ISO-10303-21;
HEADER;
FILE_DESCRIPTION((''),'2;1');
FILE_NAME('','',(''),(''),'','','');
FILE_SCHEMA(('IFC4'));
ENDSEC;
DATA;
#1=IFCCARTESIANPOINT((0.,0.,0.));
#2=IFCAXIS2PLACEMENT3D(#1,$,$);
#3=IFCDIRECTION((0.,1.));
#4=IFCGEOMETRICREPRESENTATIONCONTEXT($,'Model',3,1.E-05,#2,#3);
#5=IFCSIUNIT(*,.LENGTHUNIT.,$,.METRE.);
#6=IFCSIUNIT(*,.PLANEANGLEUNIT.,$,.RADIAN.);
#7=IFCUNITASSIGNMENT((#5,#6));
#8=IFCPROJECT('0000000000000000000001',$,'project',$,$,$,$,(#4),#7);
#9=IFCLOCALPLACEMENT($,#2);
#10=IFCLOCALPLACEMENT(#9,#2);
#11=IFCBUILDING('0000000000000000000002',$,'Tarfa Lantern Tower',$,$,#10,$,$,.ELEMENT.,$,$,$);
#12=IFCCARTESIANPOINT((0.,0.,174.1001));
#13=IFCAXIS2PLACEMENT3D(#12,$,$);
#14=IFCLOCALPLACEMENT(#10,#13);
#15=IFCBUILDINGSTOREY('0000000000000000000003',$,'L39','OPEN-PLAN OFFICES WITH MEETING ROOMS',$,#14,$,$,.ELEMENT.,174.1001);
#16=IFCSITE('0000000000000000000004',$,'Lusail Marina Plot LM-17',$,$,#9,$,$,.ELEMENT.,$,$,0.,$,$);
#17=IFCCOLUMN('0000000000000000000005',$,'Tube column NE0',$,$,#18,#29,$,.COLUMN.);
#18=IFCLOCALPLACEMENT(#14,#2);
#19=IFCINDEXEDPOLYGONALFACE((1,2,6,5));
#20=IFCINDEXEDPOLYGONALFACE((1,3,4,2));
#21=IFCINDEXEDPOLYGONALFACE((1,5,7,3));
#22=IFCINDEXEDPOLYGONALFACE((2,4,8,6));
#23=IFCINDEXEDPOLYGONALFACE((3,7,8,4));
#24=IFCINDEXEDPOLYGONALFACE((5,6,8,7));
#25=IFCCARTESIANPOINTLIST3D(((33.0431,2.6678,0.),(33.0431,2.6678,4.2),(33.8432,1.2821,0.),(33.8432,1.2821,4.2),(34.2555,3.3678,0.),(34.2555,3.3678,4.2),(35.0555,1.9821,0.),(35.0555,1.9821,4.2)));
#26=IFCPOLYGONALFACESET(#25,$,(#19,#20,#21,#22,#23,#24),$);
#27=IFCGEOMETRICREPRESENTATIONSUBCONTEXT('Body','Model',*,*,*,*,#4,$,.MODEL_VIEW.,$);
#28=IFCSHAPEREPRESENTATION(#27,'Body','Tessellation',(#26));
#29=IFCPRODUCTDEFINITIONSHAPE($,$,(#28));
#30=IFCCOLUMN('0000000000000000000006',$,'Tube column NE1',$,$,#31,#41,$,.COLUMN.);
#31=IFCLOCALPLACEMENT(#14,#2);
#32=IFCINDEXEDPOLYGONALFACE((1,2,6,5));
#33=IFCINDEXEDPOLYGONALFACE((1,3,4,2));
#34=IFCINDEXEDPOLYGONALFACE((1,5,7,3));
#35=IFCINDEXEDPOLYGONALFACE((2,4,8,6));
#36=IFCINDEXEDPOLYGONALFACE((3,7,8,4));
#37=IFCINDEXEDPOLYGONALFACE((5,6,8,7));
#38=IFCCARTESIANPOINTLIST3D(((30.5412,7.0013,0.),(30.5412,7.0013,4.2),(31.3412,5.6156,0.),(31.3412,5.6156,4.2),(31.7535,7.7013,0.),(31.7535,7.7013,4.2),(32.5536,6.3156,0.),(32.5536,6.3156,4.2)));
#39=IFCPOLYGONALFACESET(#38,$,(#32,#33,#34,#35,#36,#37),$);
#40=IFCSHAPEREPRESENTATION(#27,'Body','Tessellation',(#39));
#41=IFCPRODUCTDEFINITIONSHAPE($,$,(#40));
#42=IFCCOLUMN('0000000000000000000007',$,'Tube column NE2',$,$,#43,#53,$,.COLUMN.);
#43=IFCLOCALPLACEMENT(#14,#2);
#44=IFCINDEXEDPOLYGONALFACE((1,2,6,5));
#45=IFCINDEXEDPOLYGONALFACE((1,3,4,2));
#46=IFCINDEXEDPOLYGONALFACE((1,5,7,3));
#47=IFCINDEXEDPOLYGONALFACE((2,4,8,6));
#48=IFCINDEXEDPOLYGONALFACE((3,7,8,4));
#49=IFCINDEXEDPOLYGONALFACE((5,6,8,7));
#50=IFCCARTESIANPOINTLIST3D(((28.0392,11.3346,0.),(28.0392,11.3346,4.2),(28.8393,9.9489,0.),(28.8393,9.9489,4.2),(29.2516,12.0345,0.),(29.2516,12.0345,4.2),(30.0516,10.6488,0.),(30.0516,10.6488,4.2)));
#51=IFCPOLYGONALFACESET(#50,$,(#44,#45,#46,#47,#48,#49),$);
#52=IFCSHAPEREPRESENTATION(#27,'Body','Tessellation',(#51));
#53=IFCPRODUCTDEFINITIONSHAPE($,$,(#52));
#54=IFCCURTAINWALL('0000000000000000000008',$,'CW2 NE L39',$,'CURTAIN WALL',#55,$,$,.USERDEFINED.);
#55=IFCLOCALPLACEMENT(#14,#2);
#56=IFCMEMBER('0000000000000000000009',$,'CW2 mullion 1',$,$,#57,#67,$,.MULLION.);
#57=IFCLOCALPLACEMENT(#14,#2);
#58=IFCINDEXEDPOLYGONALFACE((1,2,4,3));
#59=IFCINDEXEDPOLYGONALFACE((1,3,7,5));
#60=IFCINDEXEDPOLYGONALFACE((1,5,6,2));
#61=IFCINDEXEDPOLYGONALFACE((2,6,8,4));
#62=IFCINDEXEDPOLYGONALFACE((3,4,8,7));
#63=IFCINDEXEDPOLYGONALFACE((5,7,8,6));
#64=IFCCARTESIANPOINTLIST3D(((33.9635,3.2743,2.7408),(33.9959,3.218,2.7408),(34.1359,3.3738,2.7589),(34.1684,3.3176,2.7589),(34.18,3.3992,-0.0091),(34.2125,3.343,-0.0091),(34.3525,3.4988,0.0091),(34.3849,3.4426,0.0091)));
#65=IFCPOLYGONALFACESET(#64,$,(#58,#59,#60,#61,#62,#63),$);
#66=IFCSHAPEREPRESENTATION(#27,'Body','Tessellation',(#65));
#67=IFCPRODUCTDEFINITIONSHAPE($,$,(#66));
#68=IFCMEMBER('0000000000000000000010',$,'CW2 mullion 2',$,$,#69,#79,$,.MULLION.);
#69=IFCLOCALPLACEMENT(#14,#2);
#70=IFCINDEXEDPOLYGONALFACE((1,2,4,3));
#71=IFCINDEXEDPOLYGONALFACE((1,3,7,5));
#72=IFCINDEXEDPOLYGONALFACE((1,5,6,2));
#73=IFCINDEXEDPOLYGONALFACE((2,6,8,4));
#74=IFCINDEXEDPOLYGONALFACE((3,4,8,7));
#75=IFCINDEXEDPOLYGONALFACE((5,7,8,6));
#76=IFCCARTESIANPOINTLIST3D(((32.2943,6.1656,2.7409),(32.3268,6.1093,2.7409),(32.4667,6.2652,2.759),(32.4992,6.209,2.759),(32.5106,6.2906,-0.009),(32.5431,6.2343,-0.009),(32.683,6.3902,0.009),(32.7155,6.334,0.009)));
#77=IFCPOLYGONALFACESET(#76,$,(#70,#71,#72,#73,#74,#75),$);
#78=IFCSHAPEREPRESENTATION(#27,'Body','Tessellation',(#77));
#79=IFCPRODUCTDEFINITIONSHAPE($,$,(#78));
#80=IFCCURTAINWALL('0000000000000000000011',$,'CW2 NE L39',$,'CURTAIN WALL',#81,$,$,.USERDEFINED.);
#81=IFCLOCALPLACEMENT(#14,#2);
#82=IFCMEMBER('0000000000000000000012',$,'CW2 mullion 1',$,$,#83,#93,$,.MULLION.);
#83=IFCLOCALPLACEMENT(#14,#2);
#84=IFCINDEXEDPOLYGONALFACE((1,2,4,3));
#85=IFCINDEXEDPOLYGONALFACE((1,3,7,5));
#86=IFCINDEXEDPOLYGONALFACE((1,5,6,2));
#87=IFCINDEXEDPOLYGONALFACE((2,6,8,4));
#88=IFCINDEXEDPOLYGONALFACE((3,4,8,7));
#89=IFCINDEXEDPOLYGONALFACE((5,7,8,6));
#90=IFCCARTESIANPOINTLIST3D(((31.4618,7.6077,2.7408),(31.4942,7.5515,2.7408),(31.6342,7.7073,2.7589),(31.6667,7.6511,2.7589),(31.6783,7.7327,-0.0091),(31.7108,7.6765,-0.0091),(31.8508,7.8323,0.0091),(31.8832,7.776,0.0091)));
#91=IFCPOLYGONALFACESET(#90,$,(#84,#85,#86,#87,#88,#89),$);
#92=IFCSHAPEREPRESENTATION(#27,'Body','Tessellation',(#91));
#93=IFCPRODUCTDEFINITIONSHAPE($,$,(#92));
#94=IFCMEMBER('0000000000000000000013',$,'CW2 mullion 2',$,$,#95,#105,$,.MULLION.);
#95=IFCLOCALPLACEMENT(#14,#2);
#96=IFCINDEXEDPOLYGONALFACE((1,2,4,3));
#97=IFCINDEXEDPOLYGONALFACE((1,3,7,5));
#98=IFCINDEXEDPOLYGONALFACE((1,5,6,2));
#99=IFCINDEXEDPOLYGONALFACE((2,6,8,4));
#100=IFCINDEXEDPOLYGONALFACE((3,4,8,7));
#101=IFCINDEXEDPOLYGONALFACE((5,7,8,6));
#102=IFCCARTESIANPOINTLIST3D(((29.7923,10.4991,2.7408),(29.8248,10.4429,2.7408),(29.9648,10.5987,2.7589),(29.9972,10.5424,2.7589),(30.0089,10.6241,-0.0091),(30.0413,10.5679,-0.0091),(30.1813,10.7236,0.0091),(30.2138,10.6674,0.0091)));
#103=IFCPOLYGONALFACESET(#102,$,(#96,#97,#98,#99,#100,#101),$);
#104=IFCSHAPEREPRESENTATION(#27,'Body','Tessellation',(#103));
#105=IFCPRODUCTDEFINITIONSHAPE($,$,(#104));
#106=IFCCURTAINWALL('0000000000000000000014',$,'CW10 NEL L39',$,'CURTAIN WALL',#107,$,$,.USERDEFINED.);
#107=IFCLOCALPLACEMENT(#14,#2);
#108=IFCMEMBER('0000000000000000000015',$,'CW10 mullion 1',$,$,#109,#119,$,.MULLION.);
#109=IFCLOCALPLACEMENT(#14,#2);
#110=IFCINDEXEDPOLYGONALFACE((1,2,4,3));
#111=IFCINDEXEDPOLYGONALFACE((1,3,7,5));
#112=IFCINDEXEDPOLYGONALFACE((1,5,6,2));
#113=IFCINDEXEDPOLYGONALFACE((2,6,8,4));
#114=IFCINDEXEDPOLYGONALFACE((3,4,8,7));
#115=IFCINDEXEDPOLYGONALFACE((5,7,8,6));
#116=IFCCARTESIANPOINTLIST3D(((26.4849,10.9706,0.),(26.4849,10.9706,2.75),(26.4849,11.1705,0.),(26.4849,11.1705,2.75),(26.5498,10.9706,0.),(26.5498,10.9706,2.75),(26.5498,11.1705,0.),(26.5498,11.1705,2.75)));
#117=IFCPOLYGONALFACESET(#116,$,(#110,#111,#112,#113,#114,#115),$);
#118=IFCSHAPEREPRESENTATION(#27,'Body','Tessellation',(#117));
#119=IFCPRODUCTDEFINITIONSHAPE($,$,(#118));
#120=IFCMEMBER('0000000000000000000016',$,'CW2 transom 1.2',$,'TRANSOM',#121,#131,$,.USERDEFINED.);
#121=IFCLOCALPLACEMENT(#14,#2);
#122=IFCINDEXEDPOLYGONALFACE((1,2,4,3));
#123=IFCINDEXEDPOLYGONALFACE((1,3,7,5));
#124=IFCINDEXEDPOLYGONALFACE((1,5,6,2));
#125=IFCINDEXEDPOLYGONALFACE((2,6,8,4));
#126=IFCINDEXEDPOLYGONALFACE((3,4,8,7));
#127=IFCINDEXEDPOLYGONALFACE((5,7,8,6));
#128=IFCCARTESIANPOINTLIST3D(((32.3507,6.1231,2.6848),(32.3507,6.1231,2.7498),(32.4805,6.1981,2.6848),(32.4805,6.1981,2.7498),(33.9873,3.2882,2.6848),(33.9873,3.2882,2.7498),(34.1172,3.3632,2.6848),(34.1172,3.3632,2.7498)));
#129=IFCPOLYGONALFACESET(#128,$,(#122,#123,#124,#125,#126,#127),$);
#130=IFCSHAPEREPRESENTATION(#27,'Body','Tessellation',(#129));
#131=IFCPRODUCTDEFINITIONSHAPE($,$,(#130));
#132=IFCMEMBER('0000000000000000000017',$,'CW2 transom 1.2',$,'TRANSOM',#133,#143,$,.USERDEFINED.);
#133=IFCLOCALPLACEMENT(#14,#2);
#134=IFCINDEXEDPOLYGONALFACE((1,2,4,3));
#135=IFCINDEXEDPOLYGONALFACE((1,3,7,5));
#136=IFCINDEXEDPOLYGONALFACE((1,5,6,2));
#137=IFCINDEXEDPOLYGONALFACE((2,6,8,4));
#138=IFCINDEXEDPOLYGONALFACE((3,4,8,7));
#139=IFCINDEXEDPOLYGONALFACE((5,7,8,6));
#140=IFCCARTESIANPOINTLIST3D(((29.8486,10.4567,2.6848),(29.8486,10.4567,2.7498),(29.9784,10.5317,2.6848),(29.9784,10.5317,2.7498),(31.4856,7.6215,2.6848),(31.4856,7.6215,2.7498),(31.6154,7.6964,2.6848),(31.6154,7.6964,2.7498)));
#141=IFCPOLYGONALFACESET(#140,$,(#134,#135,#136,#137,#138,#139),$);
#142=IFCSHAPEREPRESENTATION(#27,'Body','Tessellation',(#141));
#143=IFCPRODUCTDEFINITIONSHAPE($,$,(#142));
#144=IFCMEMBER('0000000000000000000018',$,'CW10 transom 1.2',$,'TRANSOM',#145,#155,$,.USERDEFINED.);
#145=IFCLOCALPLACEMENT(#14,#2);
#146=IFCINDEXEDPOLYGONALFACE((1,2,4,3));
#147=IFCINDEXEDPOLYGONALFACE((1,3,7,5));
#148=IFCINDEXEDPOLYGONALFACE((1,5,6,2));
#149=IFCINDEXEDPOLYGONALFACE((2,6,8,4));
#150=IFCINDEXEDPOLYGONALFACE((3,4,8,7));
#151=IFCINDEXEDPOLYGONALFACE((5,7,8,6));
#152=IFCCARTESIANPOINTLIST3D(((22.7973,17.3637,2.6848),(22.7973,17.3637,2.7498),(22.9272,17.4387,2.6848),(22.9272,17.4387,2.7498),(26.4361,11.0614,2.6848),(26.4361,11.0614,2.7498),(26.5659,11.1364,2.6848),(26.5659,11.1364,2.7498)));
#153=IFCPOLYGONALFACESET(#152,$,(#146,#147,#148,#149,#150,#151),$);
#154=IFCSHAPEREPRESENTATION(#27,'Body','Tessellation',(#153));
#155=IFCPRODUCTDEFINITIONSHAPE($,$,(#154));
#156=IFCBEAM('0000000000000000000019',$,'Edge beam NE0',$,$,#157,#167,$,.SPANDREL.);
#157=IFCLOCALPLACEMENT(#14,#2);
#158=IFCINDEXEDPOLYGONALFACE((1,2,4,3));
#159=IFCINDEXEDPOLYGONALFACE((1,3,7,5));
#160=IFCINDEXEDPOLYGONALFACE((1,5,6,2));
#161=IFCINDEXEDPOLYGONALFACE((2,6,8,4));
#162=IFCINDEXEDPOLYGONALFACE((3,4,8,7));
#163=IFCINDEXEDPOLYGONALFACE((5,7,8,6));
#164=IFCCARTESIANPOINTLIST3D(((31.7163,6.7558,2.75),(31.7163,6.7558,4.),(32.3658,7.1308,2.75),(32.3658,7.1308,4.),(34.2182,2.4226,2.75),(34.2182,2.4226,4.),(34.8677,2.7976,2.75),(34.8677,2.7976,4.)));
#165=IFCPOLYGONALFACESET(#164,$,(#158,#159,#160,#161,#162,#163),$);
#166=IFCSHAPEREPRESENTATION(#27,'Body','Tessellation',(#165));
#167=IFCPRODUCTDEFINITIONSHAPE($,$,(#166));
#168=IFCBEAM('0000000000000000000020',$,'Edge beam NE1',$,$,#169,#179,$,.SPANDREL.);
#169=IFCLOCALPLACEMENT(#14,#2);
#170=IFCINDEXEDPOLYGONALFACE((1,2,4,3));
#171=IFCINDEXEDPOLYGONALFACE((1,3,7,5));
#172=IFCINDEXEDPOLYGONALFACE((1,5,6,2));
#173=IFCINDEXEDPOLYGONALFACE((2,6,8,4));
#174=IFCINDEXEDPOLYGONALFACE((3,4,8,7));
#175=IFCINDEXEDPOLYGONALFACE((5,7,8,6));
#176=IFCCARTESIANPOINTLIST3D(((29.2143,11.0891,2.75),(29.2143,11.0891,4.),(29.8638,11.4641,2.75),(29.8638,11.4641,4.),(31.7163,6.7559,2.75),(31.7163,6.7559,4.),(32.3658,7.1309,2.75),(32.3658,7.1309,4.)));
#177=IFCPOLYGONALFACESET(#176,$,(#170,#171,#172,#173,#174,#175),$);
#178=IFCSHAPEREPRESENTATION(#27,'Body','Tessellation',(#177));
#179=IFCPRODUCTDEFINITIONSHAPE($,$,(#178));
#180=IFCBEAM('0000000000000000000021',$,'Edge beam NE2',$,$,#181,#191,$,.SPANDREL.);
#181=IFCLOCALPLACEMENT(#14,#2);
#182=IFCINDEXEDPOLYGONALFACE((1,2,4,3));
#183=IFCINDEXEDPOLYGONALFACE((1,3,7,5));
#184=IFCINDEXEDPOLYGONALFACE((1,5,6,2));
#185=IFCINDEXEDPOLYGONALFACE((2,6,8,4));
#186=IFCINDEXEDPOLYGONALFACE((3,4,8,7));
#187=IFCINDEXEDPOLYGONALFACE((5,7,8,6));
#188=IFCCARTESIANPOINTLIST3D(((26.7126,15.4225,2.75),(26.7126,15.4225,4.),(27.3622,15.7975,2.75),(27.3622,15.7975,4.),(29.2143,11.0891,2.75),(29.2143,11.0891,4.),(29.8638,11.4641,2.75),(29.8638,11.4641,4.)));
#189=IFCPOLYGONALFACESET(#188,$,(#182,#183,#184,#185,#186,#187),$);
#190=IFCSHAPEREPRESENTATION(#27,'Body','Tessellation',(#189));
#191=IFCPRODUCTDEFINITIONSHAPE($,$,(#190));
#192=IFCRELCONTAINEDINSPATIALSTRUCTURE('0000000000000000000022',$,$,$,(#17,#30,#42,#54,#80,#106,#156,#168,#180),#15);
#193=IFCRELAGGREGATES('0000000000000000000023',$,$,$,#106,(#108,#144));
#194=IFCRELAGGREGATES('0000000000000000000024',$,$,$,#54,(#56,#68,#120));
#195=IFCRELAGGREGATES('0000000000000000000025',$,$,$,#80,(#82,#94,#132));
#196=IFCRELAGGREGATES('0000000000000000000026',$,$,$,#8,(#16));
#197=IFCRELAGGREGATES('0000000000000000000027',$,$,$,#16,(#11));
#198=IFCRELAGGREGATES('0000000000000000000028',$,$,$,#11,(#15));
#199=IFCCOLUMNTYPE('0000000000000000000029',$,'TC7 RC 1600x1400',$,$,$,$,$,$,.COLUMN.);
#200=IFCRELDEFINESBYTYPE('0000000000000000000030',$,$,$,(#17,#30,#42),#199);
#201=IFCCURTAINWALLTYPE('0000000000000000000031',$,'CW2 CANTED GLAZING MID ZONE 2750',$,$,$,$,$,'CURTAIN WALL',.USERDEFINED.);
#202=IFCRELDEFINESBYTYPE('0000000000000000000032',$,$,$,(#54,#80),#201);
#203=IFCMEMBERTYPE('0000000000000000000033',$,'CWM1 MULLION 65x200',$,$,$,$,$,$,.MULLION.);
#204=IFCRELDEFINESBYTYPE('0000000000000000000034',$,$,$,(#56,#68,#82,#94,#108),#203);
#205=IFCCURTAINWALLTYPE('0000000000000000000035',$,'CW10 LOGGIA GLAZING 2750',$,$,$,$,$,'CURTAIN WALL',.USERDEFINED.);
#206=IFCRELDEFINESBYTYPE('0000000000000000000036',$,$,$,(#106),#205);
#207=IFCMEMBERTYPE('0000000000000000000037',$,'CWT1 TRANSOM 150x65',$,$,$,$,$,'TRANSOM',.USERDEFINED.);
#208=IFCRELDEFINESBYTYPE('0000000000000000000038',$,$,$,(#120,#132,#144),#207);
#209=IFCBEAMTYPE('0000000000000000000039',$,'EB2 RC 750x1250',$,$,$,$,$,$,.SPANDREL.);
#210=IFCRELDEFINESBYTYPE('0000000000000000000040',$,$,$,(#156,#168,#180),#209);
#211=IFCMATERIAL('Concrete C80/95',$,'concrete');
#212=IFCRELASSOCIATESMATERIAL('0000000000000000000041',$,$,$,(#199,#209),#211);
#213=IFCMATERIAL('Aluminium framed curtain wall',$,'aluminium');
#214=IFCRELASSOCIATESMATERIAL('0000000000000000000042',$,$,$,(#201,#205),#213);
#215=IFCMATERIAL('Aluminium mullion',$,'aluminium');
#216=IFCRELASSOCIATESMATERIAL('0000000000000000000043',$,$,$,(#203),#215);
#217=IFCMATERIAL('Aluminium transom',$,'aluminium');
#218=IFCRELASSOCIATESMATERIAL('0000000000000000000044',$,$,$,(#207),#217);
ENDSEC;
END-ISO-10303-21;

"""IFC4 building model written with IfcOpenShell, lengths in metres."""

from ifc_helpers import new_model, si_unit, direction, frame, origin, origin_2d, place, context, subcontext, project, spatial, rectangle, extrude, material, material_profile, profile_set, type_object, element, aggregate, save


model = new_model("IFC4")

# Units and contexts
model_context = context("Model", 3, precision=1e-05, world=origin(), true_north=direction((0.0, 1.0)))
body_context = subcontext(model_context, "Body", "Model", "MODEL_VIEW")
ifc_project = project(units=[si_unit("LENGTHUNIT", "METRE"), si_unit("PLANEANGLEUNIT", "RADIAN")], contexts=[model_context])

# Site, building, storey
site_placement = place(None, origin())
site = spatial("IfcSite", under=ifc_project, at=site_placement, Name="Lusail Marina Plot LM-17", CompositionType="ELEMENT", RefElevation=0.0)
building_placement = place(site_placement, origin())
building = spatial("IfcBuilding", under=site, at=building_placement, Name="Tarfa Lantern Tower", CompositionType="ELEMENT")
storey_placement = place(building_placement, frame((0.0, 0.0, 174.1001)))
storey = spatial("IfcBuildingStorey", under=building, at=storey_placement, Name="L39", Description="OPEN-PLAN OFFICES WITH MEETING ROOMS", CompositionType="ELEMENT", Elevation=174.1001)

# Columns
ifc_material_1 = material(Name="Concrete C80/95", Category="concrete")
ifc_material_profile_1 = material_profile(ifc_material_1, rectangle(XDim=1.6001, YDim=1.3999, at=origin_2d()), Name="RC 1600x1400")
ifc_profile_set_1 = profile_set([ifc_material_profile_1], Name="Concrete C80/95")
column_type = type_object("IfcColumnType", Name="TC7 RC 1600x1400", PredefinedType="COLUMN", material=ifc_profile_set_1)
for number, where, z_axis, x_axis, name in (
    (1, (34.0493, 2.325, 0.0), (0.0, 0.0, 1.0), (-0.5, 0.866025, 0.0), "Tube column NE0"),
    (2, (31.5474, 6.6584, 0.0), (0.0, 0.0, 1.0), (-0.5, 0.866025, 0.0), "Tube column NE1"),
    (3, (29.0454, 10.9917, 0.0), (0.0, 0.0, 1.0), (-0.5, 0.866025, 0.0), "Tube column NE2"),
):
    element("IfcColumn", number, at=place(storey_placement, frame(where, z_axis=z_axis, x_axis=x_axis)), inside=storey, type_object=column_type, Name=name, PredefinedType="COLUMN", context=body_context, shape_type="SweptSolid", body=[
        extrude(rectangle(XDim=1.6001, YDim=1.3999, at=origin_2d()), origin(), (0.0, 0.0, 1.0), 4.2),
    ])

# Curtain walls, members
ifc_material_2 = material(Name="Aluminium framed curtain wall", Category="aluminium")
curtain_wall_type_1 = type_object("IfcCurtainWallType", Name="CW2 CANTED GLAZING MID ZONE 2750", ElementType="CURTAIN WALL", PredefinedType="USERDEFINED", material=ifc_material_2)
curtain_wall_1_placement = place(storey_placement, origin())
curtain_wall_1 = element("IfcCurtainWall", 4, at=curtain_wall_1_placement, inside=storey, type_object=curtain_wall_type_1, Name="CW2 NE L39", ObjectType="CURTAIN WALL", PredefinedType="USERDEFINED")
ifc_material_3 = material(Name="Aluminium mullion", Category="aluminium")
ifc_material_profile_2 = material_profile(ifc_material_3, rectangle(XDim=0.0649, YDim=0.2, at=origin_2d()), Name="AL MULLION 65x200")
ifc_profile_set_2 = profile_set([ifc_material_profile_2], Name="Aluminium mullion")
member_type_1 = type_object("IfcMemberType", Name="CWM1 MULLION 65x200", PredefinedType="MULLION", material=ifc_profile_set_2)
member_1_placement = place(storey_placement, frame((34.2825, 3.4209, 0.0), z_axis=(-0.078423, -0.045268, 0.995892), x_axis=(0.49992, -0.866072, 0.0)))
member_1 = element("IfcMember", 5, at=member_1_placement, type_object=member_type_1, Name="CW2 mullion 1", PredefinedType="MULLION", context=body_context, shape_type="SweptSolid", body=[
    extrude(rectangle(XDim=0.0649, YDim=0.2, at=origin_2d()), origin(), (0.0, 0.0, 1.0), 2.7612),
])
member_2_placement = place(storey_placement, frame((32.613, 6.3123, 0.0), z_axis=(-0.078335, -0.045268, 0.995899), x_axis=(0.500343, -0.865827, 0.0)))
member_2 = element("IfcMember", 6, at=member_2_placement, type_object=member_type_1, Name="CW2 mullion 2", PredefinedType="MULLION", context=body_context, shape_type="SweptSolid", body=[
    extrude(rectangle(XDim=0.0649, YDim=0.2, at=origin_2d()), origin(), (0.0, 0.0, 1.0), 2.7612),
])
curtain_wall_2_placement = place(storey_placement, origin())
curtain_wall_2 = element("IfcCurtainWall", 7, at=curtain_wall_2_placement, inside=storey, type_object=curtain_wall_type_1, Name="CW2 NE L39", ObjectType="CURTAIN WALL", PredefinedType="USERDEFINED")
member_3_placement = place(storey_placement, frame((31.7808, 7.7544, 0.0), z_axis=(-0.078423, -0.045268, 0.995892), x_axis=(0.49992, -0.866072, 0.0)))
member_3 = element("IfcMember", 8, at=member_3_placement, type_object=member_type_1, Name="CW2 mullion 1", PredefinedType="MULLION", context=body_context, shape_type="SweptSolid", body=[
    extrude(rectangle(XDim=0.0649, YDim=0.2, at=origin_2d()), origin(), (0.0, 0.0, 1.0), 2.7612),
])
member_4_placement = place(storey_placement, frame((30.1113, 10.6458, 0.0), z_axis=(-0.078423, -0.045268, 0.995892), x_axis=(0.49992, -0.866072, 0.0)))
member_4 = element("IfcMember", 9, at=member_4_placement, type_object=member_type_1, Name="CW2 mullion 2", PredefinedType="MULLION", context=body_context, shape_type="SweptSolid", body=[
    extrude(rectangle(XDim=0.0649, YDim=0.2, at=origin_2d()), origin(), (0.0, 0.0, 1.0), 2.7612),
])

# Curtain wall, member
curtain_wall_type_2 = type_object("IfcCurtainWallType", Name="CW10 LOGGIA GLAZING 2750", ElementType="CURTAIN WALL", PredefinedType="USERDEFINED", material=ifc_material_2)
curtain_wall_3_placement = place(storey_placement, origin())
curtain_wall_3 = element("IfcCurtainWall", 10, at=curtain_wall_3_placement, inside=storey, type_object=curtain_wall_type_2, Name="CW10 NEL L39", ObjectType="CURTAIN WALL", PredefinedType="USERDEFINED")
member_5_placement = place(storey_placement, frame((26.5173, 11.0706, 0.0), z_axis=(0.0, 0.0, 1.0), x_axis=(1.0, 0.0, 0.0)))
member_5 = element("IfcMember", 11, at=member_5_placement, type_object=member_type_1, Name="CW10 mullion 1", PredefinedType="MULLION", context=body_context, shape_type="SweptSolid", body=[
    extrude(rectangle(XDim=0.0649, YDim=0.2, at=origin_2d()), origin(), (0.0, 0.0, 1.0), 2.75),
])

# Members
ifc_material_4 = material(Name="Aluminium transom", Category="aluminium")
ifc_material_profile_3 = material_profile(ifc_material_4, rectangle(XDim=0.1499, YDim=0.0649, at=origin_2d()), Name="AL TRANSOM 150x65")
ifc_profile_set_3 = profile_set([ifc_material_profile_3], Name="Aluminium transom")
member_type_2 = type_object("IfcMemberType", Name="CWT1 TRANSOM 150x65", ElementType="TRANSOM", PredefinedType="USERDEFINED", material=ifc_profile_set_3)
member_6_placement = place(storey_placement, frame((34.0522, 3.3257, 2.7173), z_axis=(-0.499989, 0.866032, 0.0), x_axis=(-0.866032, -0.499989, 0.0)))
member_6 = element("IfcMember", 12, at=member_6_placement, type_object=member_type_2, Name="CW2 transom 1.2", ObjectType="TRANSOM", PredefinedType="USERDEFINED", context=body_context, shape_type="SweptSolid", body=[
    extrude(rectangle(XDim=0.1499, YDim=0.0649, at=origin_2d()), origin(), (0.0, 0.0, 1.0), 3.2734),
])
member_7_placement = place(storey_placement, frame((31.5505, 7.6589, 2.7173), z_axis=(-0.500013, 0.866018, 0.0), x_axis=(-0.866018, -0.500013, 0.0)))
member_7 = element("IfcMember", 13, at=member_7_placement, type_object=member_type_2, Name="CW2 transom 1.2", ObjectType="TRANSOM", PredefinedType="USERDEFINED", context=body_context, shape_type="SweptSolid", body=[
    extrude(rectangle(XDim=0.1499, YDim=0.0649, at=origin_2d()), origin(), (0.0, 0.0, 1.0), 3.2739),
])
member_8_placement = place(storey_placement, frame((26.501, 11.0989, 2.7173), z_axis=(-0.500007, 0.866021, 0.0), x_axis=(-0.866021, -0.500007, 0.0)))
member_8 = element("IfcMember", 14, at=member_8_placement, type_object=member_type_2, Name="CW10 transom 1.2", ObjectType="TRANSOM", PredefinedType="USERDEFINED", context=body_context, shape_type="SweptSolid", body=[
    extrude(rectangle(XDim=0.1499, YDim=0.0649, at=origin_2d()), origin(), (0.0, 0.0, 1.0), 7.2773),
])
aggregate(curtain_wall_3, [member_5, member_8])

# Beams
ifc_material_profile_4 = material_profile(ifc_material_1, rectangle(XDim=0.75, YDim=1.25, at=origin_2d()), Name="RC 750x1250")
ifc_profile_set_4 = profile_set([ifc_material_profile_4], Name="Concrete C80/95")
beam_type_1 = type_object("IfcBeamType", Name="EB2 RC 750x1250", PredefinedType="SPANDREL", material=ifc_profile_set_4)
for number, where, z_axis, x_axis, name in (
    (15, (34.543, 2.6101, 3.375), (-0.500022, 0.866013, 0.0), (-0.866013, -0.500022, 0.0), "Edge beam NE0"),
    (16, (32.041, 6.9434, 3.375), (-0.500022, 0.866013, 0.0), (-0.866013, -0.500022, 0.0), "Edge beam NE1"),
    (17, (29.5391, 11.2766, 3.375), (-0.499965, 0.866046, 0.0), (-0.866046, -0.499965, 0.0), "Edge beam NE2"),
):
    element("IfcBeam", number, at=place(storey_placement, frame(where, z_axis=z_axis, x_axis=x_axis)), inside=storey, type_object=beam_type_1, Name=name, PredefinedType="SPANDREL", context=body_context, shape_type="SweptSolid", body=[
        extrude(rectangle(XDim=0.75, YDim=1.25, at=origin_2d()), origin(), (0.0, 0.0, 1.0), 5.0037),
    ])

aggregate(curtain_wall_1, [member_1, member_2, member_6])
aggregate(curtain_wall_2, [member_3, member_4, member_7])

save(model, "model.ifc")
